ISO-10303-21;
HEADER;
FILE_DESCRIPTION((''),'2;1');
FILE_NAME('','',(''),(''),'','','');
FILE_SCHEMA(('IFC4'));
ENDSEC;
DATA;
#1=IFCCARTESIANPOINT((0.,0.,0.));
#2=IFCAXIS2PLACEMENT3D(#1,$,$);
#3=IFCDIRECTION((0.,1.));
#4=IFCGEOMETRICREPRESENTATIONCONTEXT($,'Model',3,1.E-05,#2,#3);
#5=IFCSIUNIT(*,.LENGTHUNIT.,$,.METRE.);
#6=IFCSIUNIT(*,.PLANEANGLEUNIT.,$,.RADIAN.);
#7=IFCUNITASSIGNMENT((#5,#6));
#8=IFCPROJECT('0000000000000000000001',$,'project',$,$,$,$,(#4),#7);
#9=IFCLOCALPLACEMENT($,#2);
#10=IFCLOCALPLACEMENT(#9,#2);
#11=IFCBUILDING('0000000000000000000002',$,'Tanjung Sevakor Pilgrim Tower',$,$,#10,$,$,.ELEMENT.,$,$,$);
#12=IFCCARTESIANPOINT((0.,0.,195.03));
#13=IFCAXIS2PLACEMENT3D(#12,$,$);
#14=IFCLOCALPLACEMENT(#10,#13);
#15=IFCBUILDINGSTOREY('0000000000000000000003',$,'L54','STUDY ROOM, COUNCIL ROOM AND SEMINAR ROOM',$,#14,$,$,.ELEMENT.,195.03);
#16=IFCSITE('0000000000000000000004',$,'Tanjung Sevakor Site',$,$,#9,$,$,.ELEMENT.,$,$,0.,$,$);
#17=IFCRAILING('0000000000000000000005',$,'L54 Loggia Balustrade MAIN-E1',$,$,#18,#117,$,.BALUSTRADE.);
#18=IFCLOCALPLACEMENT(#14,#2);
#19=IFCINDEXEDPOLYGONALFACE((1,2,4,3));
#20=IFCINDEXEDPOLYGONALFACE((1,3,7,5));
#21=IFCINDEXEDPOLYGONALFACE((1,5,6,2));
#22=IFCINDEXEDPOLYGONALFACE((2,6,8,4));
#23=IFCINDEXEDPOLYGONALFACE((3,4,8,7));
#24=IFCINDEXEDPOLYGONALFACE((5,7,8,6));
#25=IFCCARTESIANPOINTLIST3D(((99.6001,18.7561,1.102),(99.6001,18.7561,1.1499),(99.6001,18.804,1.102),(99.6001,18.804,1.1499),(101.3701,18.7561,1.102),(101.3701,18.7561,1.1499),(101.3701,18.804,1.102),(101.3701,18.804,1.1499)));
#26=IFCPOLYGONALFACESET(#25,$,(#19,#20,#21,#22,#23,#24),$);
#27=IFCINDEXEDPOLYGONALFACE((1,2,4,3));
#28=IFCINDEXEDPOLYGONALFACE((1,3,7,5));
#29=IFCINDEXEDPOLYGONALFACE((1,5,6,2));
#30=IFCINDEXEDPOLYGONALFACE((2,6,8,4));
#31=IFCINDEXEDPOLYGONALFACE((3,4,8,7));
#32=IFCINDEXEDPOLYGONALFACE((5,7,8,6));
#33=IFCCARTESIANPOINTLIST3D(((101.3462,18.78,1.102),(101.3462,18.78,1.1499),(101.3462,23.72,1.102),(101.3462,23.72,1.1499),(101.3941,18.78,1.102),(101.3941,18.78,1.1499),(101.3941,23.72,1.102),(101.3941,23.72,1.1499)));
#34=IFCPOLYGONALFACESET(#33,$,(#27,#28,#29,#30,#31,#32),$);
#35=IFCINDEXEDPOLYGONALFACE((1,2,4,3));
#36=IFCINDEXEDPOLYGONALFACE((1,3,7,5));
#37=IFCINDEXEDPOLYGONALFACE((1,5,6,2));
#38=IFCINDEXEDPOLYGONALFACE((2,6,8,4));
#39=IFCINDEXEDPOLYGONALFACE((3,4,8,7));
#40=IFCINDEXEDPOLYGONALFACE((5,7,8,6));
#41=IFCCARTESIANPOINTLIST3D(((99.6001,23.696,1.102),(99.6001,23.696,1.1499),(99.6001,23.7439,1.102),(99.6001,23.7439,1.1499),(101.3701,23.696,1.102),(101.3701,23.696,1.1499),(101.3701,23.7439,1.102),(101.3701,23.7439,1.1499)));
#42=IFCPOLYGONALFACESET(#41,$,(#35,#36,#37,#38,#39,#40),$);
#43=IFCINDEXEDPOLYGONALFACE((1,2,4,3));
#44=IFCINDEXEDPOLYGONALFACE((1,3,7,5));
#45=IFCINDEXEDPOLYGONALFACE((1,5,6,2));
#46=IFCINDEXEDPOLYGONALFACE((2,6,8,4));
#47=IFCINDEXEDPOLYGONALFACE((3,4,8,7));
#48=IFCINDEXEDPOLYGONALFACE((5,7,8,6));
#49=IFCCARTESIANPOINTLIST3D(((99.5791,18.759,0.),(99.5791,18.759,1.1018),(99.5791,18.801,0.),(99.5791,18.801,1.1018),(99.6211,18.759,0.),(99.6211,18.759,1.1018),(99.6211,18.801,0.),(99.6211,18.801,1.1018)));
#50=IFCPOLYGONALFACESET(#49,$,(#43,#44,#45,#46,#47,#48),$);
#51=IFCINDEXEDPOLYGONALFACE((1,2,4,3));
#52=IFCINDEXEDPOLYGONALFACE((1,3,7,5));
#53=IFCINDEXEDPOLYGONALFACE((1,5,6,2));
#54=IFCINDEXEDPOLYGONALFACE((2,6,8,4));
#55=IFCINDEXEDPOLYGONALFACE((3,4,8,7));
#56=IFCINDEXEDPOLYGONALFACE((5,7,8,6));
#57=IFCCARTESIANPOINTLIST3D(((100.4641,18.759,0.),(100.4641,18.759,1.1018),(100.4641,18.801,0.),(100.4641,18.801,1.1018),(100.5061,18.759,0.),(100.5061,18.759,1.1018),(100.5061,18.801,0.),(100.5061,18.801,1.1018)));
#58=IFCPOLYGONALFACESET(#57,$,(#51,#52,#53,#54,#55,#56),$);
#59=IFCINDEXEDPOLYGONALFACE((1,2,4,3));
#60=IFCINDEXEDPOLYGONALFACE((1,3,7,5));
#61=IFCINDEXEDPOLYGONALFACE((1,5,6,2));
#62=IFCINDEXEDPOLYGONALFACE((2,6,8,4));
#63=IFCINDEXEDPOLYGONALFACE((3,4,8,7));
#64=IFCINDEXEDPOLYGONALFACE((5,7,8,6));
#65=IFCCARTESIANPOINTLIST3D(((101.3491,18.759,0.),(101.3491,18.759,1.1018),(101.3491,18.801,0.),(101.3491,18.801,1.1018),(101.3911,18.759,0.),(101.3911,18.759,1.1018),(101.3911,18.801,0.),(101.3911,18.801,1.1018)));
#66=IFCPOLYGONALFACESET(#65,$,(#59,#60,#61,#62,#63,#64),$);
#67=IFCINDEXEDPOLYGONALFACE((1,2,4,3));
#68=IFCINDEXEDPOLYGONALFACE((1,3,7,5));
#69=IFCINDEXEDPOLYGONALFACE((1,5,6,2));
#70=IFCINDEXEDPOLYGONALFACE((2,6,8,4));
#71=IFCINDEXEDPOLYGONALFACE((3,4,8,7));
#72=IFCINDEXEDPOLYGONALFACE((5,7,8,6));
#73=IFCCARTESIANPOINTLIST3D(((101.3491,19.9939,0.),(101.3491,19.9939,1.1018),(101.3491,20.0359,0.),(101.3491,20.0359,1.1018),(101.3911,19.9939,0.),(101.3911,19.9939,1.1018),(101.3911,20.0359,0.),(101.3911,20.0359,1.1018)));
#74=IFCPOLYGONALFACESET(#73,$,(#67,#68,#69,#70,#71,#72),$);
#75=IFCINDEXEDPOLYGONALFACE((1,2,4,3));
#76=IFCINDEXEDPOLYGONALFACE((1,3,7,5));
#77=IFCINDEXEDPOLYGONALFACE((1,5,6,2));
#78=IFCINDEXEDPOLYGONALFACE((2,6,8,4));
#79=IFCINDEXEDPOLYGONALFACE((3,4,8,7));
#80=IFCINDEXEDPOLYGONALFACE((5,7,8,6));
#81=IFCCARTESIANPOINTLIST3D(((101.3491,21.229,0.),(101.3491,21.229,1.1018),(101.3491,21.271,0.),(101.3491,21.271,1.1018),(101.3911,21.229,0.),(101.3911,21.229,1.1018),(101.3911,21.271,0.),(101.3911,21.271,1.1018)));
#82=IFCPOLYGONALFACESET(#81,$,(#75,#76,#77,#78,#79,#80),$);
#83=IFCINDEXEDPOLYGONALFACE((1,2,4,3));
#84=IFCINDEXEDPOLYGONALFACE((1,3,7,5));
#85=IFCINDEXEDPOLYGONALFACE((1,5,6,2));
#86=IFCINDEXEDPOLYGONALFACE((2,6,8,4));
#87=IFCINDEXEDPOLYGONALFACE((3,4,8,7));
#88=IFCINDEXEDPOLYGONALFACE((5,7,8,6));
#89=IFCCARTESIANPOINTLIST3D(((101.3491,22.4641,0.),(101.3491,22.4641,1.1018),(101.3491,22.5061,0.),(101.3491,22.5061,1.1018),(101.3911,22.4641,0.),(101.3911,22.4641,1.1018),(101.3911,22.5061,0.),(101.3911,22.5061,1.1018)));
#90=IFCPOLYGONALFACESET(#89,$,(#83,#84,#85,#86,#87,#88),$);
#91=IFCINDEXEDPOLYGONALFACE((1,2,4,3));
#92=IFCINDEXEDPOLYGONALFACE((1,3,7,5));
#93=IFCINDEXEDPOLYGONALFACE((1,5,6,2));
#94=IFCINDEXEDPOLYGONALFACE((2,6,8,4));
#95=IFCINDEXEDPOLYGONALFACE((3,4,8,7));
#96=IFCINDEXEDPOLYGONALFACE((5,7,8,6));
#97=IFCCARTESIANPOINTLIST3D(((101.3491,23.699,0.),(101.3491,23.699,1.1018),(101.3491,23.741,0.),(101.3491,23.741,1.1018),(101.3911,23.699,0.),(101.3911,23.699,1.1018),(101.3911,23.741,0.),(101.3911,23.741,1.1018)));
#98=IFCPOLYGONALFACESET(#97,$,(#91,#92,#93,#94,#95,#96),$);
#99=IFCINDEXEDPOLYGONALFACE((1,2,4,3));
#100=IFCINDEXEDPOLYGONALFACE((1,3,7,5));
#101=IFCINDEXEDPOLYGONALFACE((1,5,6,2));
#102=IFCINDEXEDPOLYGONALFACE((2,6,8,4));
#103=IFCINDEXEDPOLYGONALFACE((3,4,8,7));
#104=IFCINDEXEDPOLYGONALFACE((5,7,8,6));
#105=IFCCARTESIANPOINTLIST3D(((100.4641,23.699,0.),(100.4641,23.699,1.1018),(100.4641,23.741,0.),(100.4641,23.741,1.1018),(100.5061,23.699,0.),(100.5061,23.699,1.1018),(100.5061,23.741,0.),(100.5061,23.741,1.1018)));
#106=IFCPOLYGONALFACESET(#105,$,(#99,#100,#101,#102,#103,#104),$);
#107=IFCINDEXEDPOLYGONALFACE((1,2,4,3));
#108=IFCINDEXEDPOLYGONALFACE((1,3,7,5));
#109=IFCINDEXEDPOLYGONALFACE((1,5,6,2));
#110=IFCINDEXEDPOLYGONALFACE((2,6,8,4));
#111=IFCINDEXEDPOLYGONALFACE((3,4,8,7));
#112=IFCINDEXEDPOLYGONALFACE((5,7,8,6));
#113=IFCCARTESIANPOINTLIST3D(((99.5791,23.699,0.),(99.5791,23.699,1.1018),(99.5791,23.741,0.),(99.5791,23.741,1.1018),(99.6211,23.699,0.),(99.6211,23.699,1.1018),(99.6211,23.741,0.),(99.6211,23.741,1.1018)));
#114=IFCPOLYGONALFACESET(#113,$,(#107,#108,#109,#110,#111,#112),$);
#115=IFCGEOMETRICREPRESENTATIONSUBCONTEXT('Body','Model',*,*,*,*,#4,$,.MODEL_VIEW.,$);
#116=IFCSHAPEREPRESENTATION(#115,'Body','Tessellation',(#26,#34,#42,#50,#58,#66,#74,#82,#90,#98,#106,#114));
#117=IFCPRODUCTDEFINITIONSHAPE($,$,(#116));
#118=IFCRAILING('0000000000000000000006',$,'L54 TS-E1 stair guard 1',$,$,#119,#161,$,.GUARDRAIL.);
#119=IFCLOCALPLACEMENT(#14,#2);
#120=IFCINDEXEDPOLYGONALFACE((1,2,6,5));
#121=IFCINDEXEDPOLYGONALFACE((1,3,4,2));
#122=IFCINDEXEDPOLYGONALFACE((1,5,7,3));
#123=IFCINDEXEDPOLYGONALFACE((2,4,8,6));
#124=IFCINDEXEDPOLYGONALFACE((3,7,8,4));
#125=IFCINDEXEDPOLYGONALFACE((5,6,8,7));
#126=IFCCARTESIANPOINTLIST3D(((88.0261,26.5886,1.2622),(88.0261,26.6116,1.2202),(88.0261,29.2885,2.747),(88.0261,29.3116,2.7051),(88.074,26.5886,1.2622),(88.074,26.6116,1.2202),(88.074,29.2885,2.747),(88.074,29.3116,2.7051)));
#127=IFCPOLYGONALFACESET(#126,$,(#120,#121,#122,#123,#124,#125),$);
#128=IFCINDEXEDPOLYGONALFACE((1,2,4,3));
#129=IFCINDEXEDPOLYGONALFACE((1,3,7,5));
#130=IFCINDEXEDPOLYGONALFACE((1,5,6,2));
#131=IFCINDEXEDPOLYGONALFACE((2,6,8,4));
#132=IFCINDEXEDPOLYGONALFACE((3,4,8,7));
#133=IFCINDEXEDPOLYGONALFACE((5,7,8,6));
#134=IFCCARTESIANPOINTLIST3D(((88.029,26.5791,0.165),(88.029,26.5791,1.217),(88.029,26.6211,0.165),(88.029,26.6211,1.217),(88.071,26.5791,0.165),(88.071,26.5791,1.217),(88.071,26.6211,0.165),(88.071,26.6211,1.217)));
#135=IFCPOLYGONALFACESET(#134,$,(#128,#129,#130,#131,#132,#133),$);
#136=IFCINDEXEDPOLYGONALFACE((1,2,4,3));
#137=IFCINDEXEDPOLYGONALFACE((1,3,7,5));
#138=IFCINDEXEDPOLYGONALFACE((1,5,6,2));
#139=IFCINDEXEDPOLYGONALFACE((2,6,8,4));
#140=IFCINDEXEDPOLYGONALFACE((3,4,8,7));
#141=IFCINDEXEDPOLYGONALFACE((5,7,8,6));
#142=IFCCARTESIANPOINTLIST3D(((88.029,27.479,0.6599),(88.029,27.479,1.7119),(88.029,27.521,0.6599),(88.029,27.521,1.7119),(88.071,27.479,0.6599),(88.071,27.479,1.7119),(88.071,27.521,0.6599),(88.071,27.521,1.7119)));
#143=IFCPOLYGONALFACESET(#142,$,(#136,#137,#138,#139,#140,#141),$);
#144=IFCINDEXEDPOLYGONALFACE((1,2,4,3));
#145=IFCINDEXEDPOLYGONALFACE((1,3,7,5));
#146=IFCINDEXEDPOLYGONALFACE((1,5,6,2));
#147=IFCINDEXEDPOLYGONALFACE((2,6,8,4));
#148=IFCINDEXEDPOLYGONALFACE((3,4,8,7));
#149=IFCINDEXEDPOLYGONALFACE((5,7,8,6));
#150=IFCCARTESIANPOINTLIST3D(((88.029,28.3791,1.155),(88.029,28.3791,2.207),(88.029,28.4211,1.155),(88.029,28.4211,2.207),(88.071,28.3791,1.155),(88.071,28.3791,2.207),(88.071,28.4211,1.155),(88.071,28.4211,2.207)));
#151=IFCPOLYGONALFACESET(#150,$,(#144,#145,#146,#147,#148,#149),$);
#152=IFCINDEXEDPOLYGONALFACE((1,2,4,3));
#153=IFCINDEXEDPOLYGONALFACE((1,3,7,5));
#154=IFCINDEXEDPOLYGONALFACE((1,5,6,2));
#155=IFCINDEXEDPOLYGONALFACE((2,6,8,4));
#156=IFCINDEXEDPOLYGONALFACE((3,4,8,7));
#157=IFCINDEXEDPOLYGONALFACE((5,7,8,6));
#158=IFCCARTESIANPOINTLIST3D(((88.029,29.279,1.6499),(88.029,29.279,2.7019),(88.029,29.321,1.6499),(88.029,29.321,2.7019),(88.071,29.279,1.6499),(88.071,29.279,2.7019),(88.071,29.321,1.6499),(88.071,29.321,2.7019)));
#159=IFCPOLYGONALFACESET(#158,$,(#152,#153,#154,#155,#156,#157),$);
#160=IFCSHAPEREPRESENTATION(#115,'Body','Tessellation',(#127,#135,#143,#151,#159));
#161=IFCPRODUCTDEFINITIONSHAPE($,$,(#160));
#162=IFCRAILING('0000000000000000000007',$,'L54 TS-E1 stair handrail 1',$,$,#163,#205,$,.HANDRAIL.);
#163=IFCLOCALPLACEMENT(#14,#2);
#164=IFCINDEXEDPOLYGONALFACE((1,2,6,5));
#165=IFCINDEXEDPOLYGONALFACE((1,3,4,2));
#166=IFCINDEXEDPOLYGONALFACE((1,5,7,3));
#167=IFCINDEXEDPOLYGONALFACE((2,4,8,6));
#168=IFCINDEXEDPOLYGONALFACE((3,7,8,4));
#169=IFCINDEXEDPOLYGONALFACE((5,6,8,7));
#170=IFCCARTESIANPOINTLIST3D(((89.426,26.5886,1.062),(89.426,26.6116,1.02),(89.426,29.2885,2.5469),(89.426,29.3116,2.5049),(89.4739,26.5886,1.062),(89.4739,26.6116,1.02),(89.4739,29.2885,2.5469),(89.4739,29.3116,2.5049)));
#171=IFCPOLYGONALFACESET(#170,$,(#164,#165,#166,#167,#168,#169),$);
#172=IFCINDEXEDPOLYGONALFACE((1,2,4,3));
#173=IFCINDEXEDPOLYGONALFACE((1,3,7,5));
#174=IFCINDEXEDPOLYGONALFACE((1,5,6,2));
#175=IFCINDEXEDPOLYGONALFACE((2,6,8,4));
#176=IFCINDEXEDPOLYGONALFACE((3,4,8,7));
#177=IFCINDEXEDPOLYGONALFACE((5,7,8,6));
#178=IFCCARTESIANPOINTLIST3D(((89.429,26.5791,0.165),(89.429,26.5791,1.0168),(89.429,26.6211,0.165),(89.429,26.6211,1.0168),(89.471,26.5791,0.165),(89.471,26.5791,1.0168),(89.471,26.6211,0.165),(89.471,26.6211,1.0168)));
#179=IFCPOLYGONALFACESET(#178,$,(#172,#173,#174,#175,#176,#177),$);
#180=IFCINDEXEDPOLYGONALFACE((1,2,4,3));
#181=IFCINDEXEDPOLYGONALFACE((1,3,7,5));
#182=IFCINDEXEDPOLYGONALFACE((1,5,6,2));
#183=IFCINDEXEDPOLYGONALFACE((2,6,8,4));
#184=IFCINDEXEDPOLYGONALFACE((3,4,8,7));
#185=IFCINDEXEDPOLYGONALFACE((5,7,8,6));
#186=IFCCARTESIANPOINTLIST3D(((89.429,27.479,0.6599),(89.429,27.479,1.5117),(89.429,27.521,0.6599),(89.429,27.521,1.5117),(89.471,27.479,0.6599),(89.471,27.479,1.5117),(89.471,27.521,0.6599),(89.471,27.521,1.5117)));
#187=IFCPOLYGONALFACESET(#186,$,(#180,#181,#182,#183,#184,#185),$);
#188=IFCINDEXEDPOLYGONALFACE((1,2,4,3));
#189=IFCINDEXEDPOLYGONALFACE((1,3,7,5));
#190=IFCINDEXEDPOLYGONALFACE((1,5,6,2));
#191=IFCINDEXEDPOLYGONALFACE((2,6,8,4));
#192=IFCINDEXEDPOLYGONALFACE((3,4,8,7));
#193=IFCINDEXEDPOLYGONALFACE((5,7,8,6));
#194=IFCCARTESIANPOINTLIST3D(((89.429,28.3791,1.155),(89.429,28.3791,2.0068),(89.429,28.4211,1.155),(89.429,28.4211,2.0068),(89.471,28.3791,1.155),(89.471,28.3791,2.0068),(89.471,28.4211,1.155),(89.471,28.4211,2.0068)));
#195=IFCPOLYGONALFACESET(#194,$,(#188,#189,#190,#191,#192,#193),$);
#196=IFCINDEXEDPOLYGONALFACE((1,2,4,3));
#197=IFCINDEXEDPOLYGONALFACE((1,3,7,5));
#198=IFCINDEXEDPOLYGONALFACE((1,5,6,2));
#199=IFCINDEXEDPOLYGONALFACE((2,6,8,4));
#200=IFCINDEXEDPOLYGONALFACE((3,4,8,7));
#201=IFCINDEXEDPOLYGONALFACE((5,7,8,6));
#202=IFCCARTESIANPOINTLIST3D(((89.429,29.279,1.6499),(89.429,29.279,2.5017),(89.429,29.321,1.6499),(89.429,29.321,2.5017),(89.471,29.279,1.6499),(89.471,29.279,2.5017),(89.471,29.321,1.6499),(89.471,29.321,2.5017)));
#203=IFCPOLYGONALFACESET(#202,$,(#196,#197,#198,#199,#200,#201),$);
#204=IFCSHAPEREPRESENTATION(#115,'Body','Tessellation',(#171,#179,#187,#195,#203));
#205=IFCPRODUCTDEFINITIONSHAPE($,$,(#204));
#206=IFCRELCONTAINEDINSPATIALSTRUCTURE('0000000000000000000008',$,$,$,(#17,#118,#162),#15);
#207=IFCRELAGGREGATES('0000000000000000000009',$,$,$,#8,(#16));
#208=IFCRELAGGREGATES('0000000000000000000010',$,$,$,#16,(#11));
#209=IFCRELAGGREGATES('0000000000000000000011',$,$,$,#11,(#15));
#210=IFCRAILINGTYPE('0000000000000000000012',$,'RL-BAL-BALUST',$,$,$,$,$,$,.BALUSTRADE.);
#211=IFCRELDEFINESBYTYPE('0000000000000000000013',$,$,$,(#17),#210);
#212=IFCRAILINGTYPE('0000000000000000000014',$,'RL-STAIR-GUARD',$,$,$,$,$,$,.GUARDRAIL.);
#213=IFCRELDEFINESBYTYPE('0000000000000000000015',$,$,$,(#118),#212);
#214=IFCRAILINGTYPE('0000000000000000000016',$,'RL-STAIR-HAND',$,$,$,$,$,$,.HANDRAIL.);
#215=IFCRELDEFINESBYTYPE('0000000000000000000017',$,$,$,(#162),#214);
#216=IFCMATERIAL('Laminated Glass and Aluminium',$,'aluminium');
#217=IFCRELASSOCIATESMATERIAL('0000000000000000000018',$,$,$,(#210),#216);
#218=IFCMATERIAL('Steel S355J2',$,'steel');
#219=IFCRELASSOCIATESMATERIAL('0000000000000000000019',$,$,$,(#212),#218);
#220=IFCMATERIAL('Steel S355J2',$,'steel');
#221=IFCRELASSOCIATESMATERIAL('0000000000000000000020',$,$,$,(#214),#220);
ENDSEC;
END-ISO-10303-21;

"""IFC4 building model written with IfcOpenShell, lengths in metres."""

from ifc_helpers import new_model, si_unit, direction, frame, origin, place, context, subcontext, project, spatial, rectangle, extrude, material, type_object, element, save


model = new_model("IFC4")

# Units and contexts
model_context = context("Model", 3, precision=1e-05, world=origin(), true_north=direction((0.0, 1.0)))
body_context = subcontext(model_context, "Body", "Model", "MODEL_VIEW")
ifc_project = project(units=[si_unit("LENGTHUNIT", "METRE"), si_unit("PLANEANGLEUNIT", "RADIAN")], contexts=[model_context])

# Site, building, storey
site_placement = place(None, origin())
site = spatial("IfcSite", under=ifc_project, at=site_placement, Name="Tanjung Sevakor Site", CompositionType="ELEMENT", RefElevation=0.0)
building_placement = place(site_placement, origin())
building = spatial("IfcBuilding", under=site, at=building_placement, Name="Tanjung Sevakor Pilgrim Tower", CompositionType="ELEMENT")
storey_placement = place(building_placement, frame((0.0, 0.0, 195.03)))
storey = spatial("IfcBuildingStorey", under=building, at=storey_placement, Name="L54", Description="STUDY ROOM, COUNCIL ROOM AND SEMINAR ROOM", CompositionType="ELEMENT", Elevation=195.03)

# Railings
ifc_material_1 = material(Name="Laminated Glass and Aluminium", Category="aluminium")
railing_type_1 = type_object("IfcRailingType", Name="RL-BAL-BALUST", PredefinedType="BALUSTRADE", material=ifc_material_1)
railing_1_placement = place(storey_placement, frame((99.6001, 18.78, 0.0)))
element("IfcRailing", 1, at=railing_1_placement, inside=storey, type_object=railing_type_1, Name="L54 Loggia Balustrade MAIN-E1", PredefinedType="BALUSTRADE", context=body_context, shape_type="SweptSolid", body=[
    extrude(rectangle(XDim=0.0479, YDim=0.0479), frame((0.0, 0.0, 1.126), z_axis=(1.0, 0.0, 0.0), x_axis=(0.0, 1.0, 0.0)), (0.0, 0.0, 1.0), 1.77),
    extrude(rectangle(XDim=0.0479, YDim=0.0479), frame((1.77, 0.0, 1.126), z_axis=(0.0, 1.0, 0.0), x_axis=(-1.0, 0.0, 0.0)), (0.0, 0.0, 1.0), 4.9399),
    extrude(rectangle(XDim=0.0479, YDim=0.0479), frame((1.77, 4.9399, 1.126), z_axis=(-1.0, 0.0, 0.0), x_axis=(0.0, -1.0, 0.0)), (0.0, 0.0, 1.0), 1.77),
    extrude(rectangle(XDim=0.042, YDim=0.042), origin(), (0.0, 0.0, 1.0), 1.1018),
    extrude(rectangle(XDim=0.042, YDim=0.042), frame((0.885, 0.0, 0.0)), (0.0, 0.0, 1.0), 1.1018),
    extrude(rectangle(XDim=0.042, YDim=0.042), frame((1.77, 0.0, 0.0)), (0.0, 0.0, 1.0), 1.1018),
    extrude(rectangle(XDim=0.042, YDim=0.042), frame((1.77, 1.2349, 0.0)), (0.0, 0.0, 1.0), 1.1018),
    extrude(rectangle(XDim=0.042, YDim=0.042), frame((1.77, 2.47, 0.0)), (0.0, 0.0, 1.0), 1.1018),
    extrude(rectangle(XDim=0.042, YDim=0.042), frame((1.77, 3.7051, 0.0)), (0.0, 0.0, 1.0), 1.1018),
    extrude(rectangle(XDim=0.042, YDim=0.042), frame((1.77, 4.9399, 0.0)), (0.0, 0.0, 1.0), 1.1018),
    extrude(rectangle(XDim=0.042, YDim=0.042), frame((0.885, 4.9399, 0.0)), (0.0, 0.0, 1.0), 1.1018),
    extrude(rectangle(XDim=0.042, YDim=0.042), frame((0.0, 4.9399, 0.0)), (0.0, 0.0, 1.0), 1.1018),
])
ifc_material_2 = material(Name="Steel S355J2", Category="steel")
railing_type_2 = type_object("IfcRailingType", Name="RL-STAIR-GUARD", PredefinedType="GUARDRAIL", material=ifc_material_2)
railing_2_placement = place(storey_placement, frame((88.05, 26.6001, 0.165)))
element("IfcRailing", 2, at=railing_2_placement, inside=storey, type_object=railing_type_2, Name="L54 TS-E1 stair guard 1", PredefinedType="GUARDRAIL", context=body_context, shape_type="SweptSolid", body=[
    extrude(rectangle(XDim=0.0479, YDim=0.0479), frame((0.0, 0.0, 1.0762), z_axis=(0.0, 0.876231, 0.481891), x_axis=(-1.0, 0.0, 0.0)), (0.0, 0.0, 1.0), 3.0813),
    extrude(rectangle(XDim=0.042, YDim=0.042), origin(), (0.0, 0.0, 1.0), 1.052),
    extrude(rectangle(XDim=0.042, YDim=0.042), frame((0.0, 0.8999, 0.4949)), (0.0, 0.0, 1.0), 1.052),
    extrude(rectangle(XDim=0.042, YDim=0.042), frame((0.0, 1.8, 0.99)), (0.0, 0.0, 1.0), 1.052),
    extrude(rectangle(XDim=0.042, YDim=0.042), frame((0.0, 2.7, 1.4849)), (0.0, 0.0, 1.0), 1.052),
])
ifc_material_3 = material(Name="Steel S355J2", Category="steel")
railing_type_3 = type_object("IfcRailingType", Name="RL-STAIR-HAND", PredefinedType="HANDRAIL", material=ifc_material_3)
railing_3_placement = place(storey_placement, frame((89.45, 26.6001, 0.165)))
element("IfcRailing", 3, at=railing_3_placement, inside=storey, type_object=railing_type_3, Name="L54 TS-E1 stair handrail 1", PredefinedType="HANDRAIL", context=body_context, shape_type="SweptSolid", body=[
    extrude(rectangle(XDim=0.0479, YDim=0.0479), frame((0.0, 0.0, 0.876), z_axis=(0.0, 0.876231, 0.481891), x_axis=(-1.0, 0.0, 0.0)), (0.0, 0.0, 1.0), 3.0813),
    extrude(rectangle(XDim=0.042, YDim=0.042), origin(), (0.0, 0.0, 1.0), 0.8518),
    extrude(rectangle(XDim=0.042, YDim=0.042), frame((0.0, 0.8999, 0.4949)), (0.0, 0.0, 1.0), 0.8518),
    extrude(rectangle(XDim=0.042, YDim=0.042), frame((0.0, 1.8, 0.99)), (0.0, 0.0, 1.0), 0.8518),
    extrude(rectangle(XDim=0.042, YDim=0.042), frame((0.0, 2.7, 1.4849)), (0.0, 0.0, 1.0), 0.8518),
])

save(model, "model.ifc")
